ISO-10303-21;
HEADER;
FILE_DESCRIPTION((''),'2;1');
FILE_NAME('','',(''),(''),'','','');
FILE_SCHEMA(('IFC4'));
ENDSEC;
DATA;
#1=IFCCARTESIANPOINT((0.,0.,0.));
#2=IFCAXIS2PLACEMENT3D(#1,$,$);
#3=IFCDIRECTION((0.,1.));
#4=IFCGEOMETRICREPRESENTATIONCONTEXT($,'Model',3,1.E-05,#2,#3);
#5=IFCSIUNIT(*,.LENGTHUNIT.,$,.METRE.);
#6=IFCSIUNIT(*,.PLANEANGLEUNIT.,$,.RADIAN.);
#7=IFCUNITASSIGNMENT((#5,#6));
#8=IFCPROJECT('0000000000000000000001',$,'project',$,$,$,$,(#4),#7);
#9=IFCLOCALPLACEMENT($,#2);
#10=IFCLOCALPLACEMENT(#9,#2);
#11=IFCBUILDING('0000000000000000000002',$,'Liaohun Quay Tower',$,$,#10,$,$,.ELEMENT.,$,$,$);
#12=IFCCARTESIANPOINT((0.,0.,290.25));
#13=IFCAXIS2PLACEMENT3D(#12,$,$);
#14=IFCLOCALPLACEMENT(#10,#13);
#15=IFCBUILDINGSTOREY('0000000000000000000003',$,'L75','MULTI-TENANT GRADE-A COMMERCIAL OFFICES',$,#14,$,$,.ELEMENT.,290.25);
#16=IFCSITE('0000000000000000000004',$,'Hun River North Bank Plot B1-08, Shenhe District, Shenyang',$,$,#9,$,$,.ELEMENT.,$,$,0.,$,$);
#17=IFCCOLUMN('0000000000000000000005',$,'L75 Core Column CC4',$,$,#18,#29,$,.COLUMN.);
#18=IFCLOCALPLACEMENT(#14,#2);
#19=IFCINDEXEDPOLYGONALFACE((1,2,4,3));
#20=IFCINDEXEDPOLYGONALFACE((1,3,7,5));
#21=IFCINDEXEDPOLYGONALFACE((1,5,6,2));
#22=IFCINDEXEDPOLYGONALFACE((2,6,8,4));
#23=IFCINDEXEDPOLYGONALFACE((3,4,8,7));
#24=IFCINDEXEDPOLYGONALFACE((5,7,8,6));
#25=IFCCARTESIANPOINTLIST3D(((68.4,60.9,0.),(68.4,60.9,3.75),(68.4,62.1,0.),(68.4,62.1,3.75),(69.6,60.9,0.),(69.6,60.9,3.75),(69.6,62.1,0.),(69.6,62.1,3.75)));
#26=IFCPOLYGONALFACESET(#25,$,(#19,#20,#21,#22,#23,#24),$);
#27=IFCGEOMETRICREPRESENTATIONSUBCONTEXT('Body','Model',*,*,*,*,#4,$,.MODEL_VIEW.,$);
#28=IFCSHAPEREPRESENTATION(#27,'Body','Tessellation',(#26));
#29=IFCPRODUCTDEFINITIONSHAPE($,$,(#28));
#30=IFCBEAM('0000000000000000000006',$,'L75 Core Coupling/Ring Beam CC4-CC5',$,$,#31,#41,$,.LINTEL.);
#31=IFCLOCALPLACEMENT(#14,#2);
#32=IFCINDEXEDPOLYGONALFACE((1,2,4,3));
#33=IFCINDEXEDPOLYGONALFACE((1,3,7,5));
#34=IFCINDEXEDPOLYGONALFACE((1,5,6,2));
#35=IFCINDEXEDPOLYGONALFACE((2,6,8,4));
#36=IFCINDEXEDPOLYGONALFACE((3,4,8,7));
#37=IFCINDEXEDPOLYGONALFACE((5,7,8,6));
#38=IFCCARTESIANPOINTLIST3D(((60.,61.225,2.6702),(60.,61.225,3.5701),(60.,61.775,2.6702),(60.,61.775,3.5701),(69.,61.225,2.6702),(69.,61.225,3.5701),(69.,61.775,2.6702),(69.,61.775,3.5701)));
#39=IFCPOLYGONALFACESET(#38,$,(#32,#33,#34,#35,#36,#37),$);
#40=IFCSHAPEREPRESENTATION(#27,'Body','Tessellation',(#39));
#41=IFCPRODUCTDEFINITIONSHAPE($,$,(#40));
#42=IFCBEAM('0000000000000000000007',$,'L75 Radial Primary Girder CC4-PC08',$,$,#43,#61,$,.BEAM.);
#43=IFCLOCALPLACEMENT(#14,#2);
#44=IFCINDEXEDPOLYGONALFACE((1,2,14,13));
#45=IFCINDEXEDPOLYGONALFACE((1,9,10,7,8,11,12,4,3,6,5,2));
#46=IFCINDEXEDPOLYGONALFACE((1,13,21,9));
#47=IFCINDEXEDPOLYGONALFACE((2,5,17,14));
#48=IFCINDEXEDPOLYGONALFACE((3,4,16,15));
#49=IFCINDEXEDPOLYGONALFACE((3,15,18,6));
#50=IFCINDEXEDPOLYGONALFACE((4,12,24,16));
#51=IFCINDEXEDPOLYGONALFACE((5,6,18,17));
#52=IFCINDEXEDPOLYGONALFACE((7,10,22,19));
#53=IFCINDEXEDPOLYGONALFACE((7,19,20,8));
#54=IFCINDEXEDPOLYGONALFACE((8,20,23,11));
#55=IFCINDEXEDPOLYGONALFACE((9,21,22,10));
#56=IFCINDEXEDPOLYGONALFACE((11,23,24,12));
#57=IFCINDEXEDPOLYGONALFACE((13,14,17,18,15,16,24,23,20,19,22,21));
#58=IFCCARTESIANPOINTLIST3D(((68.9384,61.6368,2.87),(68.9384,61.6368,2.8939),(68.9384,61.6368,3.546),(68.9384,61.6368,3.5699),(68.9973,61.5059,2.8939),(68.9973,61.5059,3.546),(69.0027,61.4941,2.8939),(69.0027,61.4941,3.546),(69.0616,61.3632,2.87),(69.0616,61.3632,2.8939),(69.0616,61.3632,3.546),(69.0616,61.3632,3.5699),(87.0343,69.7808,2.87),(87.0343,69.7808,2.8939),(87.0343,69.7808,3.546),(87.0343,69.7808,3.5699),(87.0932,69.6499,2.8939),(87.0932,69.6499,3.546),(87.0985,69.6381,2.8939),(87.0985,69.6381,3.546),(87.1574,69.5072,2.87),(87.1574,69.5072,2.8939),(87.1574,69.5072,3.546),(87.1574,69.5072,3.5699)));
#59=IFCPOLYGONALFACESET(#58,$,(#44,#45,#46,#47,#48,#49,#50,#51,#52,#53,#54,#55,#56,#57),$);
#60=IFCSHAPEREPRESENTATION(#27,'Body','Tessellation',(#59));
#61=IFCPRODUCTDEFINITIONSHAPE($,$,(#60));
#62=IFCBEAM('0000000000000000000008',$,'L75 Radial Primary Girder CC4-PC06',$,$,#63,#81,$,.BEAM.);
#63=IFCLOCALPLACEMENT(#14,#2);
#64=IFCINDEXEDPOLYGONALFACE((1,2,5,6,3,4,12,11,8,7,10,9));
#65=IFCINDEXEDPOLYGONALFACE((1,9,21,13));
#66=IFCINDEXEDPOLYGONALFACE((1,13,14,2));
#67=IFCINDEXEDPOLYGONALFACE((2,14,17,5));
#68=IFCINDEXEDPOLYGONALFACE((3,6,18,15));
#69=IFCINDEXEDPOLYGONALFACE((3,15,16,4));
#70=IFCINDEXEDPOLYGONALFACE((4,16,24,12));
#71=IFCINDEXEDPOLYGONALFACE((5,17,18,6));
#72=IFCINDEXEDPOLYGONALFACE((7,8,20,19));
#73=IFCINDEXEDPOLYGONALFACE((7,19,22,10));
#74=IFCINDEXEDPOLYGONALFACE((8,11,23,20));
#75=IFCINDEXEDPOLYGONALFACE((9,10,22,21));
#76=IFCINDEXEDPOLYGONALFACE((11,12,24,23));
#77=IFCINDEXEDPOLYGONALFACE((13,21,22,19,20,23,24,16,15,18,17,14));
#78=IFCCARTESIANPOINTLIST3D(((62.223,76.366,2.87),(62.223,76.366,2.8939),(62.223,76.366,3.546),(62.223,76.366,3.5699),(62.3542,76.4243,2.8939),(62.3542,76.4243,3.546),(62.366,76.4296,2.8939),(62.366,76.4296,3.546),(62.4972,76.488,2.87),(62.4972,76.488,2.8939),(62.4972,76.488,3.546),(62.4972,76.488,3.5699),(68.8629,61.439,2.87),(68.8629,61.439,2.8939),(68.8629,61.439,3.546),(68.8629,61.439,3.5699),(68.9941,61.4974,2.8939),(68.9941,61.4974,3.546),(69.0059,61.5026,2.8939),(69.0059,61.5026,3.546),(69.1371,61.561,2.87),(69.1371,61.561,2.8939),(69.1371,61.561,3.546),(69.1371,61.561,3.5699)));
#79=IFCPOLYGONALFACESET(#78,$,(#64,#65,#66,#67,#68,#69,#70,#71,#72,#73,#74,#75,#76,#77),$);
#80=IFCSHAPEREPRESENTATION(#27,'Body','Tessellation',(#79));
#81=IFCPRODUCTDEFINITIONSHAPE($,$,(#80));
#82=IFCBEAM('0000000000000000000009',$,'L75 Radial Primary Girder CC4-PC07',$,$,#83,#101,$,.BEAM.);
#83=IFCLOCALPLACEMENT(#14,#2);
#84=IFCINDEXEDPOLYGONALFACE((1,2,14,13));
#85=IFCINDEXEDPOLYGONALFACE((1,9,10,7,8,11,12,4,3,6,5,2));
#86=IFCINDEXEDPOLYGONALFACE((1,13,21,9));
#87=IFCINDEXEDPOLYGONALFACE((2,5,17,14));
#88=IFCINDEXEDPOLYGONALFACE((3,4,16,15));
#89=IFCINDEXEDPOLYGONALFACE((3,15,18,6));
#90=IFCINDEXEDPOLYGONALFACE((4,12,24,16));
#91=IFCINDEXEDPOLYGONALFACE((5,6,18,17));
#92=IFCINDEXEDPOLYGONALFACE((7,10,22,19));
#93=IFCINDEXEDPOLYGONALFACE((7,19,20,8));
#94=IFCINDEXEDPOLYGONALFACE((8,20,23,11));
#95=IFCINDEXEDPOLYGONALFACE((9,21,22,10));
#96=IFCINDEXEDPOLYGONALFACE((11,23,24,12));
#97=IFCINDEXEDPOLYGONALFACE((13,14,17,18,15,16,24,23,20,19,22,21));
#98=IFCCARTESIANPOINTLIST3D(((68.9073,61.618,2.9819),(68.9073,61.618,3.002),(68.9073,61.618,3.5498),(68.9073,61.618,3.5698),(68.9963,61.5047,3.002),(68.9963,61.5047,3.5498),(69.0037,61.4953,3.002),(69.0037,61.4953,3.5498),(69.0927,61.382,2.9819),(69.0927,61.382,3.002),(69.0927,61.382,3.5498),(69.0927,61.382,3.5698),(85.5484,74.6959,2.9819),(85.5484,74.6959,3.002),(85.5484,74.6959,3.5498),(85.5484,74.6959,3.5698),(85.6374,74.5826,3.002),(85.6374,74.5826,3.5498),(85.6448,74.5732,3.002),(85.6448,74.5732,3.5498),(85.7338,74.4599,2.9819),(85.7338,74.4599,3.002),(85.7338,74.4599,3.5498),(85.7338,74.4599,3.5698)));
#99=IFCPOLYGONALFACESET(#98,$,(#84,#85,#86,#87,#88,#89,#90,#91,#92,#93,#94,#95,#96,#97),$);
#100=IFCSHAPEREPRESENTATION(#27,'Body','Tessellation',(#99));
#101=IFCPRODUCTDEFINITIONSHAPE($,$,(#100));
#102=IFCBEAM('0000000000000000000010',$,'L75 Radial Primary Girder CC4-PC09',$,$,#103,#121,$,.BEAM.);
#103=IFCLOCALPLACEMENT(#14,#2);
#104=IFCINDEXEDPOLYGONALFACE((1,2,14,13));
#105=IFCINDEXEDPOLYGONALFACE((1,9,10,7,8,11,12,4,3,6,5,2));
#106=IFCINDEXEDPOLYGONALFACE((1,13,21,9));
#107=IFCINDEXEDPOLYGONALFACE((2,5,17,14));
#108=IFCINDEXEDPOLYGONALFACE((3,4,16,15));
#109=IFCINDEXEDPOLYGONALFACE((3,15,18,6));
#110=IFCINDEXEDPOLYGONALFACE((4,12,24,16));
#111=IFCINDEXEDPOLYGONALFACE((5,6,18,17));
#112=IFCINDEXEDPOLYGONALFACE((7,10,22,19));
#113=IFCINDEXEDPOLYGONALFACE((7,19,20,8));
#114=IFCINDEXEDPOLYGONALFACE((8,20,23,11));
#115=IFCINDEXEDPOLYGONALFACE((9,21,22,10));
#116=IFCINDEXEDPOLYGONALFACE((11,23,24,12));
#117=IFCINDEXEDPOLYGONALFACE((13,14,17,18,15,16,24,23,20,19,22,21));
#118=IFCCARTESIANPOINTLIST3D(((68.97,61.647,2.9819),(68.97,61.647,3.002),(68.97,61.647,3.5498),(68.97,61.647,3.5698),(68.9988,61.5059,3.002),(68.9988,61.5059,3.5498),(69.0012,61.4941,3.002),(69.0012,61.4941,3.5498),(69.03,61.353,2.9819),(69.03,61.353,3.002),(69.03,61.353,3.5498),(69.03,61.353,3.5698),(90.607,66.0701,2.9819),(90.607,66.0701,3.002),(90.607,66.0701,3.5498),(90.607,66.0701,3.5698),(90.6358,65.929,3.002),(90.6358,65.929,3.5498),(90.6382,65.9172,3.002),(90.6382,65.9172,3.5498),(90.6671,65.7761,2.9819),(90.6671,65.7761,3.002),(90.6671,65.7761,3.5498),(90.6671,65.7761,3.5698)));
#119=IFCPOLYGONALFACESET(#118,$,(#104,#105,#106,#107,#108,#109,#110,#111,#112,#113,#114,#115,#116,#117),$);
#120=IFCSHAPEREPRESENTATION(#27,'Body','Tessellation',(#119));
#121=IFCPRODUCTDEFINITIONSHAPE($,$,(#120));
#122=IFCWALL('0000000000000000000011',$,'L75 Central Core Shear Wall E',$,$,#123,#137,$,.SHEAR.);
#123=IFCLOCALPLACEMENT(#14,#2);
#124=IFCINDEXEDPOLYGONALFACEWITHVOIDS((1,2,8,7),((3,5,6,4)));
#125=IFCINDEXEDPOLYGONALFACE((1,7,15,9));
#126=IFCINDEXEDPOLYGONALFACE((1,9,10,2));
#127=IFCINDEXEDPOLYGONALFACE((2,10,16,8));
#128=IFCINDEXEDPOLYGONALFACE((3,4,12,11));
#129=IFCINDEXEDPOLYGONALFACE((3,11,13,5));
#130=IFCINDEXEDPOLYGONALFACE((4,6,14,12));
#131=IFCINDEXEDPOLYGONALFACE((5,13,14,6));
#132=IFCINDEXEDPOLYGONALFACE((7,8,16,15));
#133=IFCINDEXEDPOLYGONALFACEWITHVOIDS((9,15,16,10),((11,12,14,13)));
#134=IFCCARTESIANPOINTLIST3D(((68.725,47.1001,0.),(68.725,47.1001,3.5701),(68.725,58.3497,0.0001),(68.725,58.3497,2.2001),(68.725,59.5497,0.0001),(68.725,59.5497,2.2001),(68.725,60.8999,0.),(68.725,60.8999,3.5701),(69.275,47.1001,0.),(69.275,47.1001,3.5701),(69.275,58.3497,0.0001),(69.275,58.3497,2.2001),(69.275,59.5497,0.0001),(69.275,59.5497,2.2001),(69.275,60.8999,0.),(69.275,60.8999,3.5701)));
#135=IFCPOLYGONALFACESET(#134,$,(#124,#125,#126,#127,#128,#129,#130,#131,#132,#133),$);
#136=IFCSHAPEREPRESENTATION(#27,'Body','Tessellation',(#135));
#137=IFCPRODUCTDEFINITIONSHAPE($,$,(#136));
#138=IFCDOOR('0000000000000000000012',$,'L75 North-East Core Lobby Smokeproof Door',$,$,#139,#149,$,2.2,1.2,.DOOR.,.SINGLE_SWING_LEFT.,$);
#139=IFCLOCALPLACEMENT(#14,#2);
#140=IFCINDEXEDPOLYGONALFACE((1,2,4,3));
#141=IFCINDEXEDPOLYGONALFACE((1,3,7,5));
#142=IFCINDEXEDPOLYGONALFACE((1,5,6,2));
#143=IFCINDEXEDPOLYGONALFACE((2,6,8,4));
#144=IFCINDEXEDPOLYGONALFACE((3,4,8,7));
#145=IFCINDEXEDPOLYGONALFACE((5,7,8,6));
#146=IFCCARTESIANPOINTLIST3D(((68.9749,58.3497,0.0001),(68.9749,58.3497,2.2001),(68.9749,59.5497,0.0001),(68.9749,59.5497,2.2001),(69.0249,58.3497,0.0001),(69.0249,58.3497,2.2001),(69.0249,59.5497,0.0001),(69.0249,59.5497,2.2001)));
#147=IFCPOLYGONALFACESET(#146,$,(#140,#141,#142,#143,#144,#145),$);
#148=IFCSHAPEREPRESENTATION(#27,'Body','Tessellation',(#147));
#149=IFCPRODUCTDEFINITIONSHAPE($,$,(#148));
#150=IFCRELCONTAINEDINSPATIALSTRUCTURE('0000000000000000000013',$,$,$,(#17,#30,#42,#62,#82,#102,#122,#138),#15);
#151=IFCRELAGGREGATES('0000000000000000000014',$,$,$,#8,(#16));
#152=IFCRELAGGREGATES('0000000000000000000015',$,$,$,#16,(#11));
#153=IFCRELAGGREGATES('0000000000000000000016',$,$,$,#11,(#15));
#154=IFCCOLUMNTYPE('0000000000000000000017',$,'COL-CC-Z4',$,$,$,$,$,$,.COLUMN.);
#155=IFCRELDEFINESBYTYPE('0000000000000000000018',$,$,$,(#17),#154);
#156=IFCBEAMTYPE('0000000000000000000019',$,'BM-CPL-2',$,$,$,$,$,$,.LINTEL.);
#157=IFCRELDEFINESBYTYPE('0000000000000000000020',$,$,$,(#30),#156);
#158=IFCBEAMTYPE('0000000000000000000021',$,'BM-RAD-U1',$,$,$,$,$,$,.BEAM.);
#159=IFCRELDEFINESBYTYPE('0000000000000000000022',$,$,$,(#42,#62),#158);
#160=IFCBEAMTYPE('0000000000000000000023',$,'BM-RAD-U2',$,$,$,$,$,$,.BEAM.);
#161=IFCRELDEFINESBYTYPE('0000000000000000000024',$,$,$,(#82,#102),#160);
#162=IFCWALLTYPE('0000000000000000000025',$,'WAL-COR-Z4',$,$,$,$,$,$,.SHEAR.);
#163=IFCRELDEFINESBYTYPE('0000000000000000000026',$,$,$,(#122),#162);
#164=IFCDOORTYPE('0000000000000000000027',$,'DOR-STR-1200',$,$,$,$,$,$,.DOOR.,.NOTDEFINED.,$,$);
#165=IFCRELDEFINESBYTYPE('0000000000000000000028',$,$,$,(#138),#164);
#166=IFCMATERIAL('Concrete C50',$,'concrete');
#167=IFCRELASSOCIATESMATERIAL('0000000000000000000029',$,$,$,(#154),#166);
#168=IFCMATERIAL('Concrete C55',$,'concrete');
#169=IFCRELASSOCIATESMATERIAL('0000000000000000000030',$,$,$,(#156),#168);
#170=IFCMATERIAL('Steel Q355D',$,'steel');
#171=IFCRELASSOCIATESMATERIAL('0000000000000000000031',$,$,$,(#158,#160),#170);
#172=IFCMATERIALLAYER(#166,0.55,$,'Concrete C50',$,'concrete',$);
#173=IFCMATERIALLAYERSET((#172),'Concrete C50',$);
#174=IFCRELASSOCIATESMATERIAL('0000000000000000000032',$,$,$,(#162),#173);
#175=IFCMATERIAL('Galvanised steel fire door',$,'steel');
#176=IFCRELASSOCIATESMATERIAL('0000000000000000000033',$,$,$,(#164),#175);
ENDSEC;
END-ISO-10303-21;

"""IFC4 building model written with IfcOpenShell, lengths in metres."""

from ifc_helpers import new_model, si_unit, direction, frame, frame_2d, origin, origin_2d, place, context, subcontext, project, spatial, rectangle, i_section, extrude, source, transform, mapped, material, layer, layer_set, material_profile, profile_set, type_object, element, fill, save


model = new_model("IFC4")

# Units and contexts
model_context = context("Model", 3, precision=1e-05, world=origin(), true_north=direction((0.0, 1.0)))
body_context = subcontext(model_context, "Body", "Model", "MODEL_VIEW")
ifc_project = project(units=[si_unit("LENGTHUNIT", "METRE"), si_unit("PLANEANGLEUNIT", "RADIAN")], contexts=[model_context])

# Site, building, storey
site_placement = place(None, origin())
site = spatial("IfcSite", under=ifc_project, at=site_placement, Name="Hun River North Bank Plot B1-08, Shenhe District, Shenyang", CompositionType="ELEMENT", RefElevation=0.0)
building_placement = place(site_placement, origin())
building = spatial("IfcBuilding", under=site, at=building_placement, Name="Liaohun Quay Tower", CompositionType="ELEMENT")
storey_placement = place(building_placement, frame((0.0, 0.0, 290.25)))
storey = spatial("IfcBuildingStorey", under=building, at=storey_placement, Name="L75", Description="MULTI-TENANT GRADE-A COMMERCIAL OFFICES", CompositionType="ELEMENT", Elevation=290.25)

# Column
ifc_material_1 = material(Name="Concrete C50", Category="concrete")
ifc_material_profile_1 = material_profile(ifc_material_1, rectangle(XDim=1.2, YDim=1.2, at=origin_2d()), Name="RC1200x1200")
ifc_profile_set_1 = profile_set([ifc_material_profile_1], Name="Concrete C50")
column_type = type_object("IfcColumnType", Name="COL-CC-Z4", PredefinedType="COLUMN", material=ifc_profile_set_1)
shared_shape_1 = source(origin(), body_context, "Body", "SweptSolid", [
    extrude(rectangle(XDim=1.2, YDim=1.2, at=origin_2d()), origin(), (0.0, 0.0, 1.0), 3.75),
])
column_placement = place(storey_placement, frame((69.0, 61.5, 0.0), z_axis=(0.0, 0.0, 1.0), x_axis=(1.0, 0.0, 0.0)))
element("IfcColumn", 1, at=column_placement, inside=storey, type_object=column_type, Name="L75 Core Column CC4", PredefinedType="COLUMN", context=body_context, shape_type="MappedRepresentation", body=[
    mapped(shared_shape_1, transform((0.0, 0.0, 0.0), x_axis=(1.0, 0.0, 0.0), y_axis=(0.0, 1.0, 0.0), z_axis=(0.0, 0.0, 1.0), scale=1.0)),
])

# Beams
ifc_material_2 = material(Name="Concrete C55", Category="concrete")
ifc_material_profile_2 = material_profile(ifc_material_2, rectangle(XDim=0.55, YDim=0.8999, at=origin_2d()), Name="RC550x900")
ifc_profile_set_2 = profile_set([ifc_material_profile_2], Name="Concrete C55")
beam_type_1 = type_object("IfcBeamType", Name="BM-CPL-2", PredefinedType="LINTEL", material=ifc_profile_set_2)
shared_shape_2 = source(origin(), body_context, "Body", "SweptSolid", [
    extrude(rectangle(XDim=0.55, YDim=0.8999, at=origin_2d()), origin(), (0.0, 0.0, 1.0), 9.0),
])
beam_1_placement = place(storey_placement, frame((69.0, 61.5, 3.1201), z_axis=(-1.0, 0.0, 0.0), x_axis=(0.0, -1.0, 0.0)))
element("IfcBeam", 2, at=beam_1_placement, inside=storey, type_object=beam_type_1, Name="L75 Core Coupling/Ring Beam CC4-CC5", PredefinedType="LINTEL", context=body_context, shape_type="MappedRepresentation", body=[
    mapped(shared_shape_2, transform((0.0, 0.0, 0.0), x_axis=(1.0, 0.0, 0.0), y_axis=(0.0, 1.0, 0.0), z_axis=(0.0, 0.0, 1.0), scale=1.0)),
])
ifc_material_3 = material(Name="Steel Q355D", Category="steel")
ifc_material_profile_3 = material_profile(ifc_material_3, i_section(OverallWidth=0.3, OverallDepth=0.7, WebThickness=0.0129, FlangeThickness=0.0239, at=origin_2d()), Name="HN700x300x13x24")
ifc_profile_set_3 = profile_set([ifc_material_profile_3], Name="Steel Q355D")
beam_type_2 = type_object("IfcBeamType", Name="BM-RAD-U1", PredefinedType="BEAM", material=ifc_profile_set_3)
shared_shape_3 = source(origin(), body_context, "Body", "SweptSolid", [
    extrude(i_section(OverallWidth=0.3, OverallDepth=0.7, WebThickness=0.0129, FlangeThickness=0.0239, at=origin_2d()), origin(), (0.0, 0.0, 1.0), 19.844),
])
beam_2_placement = place(storey_placement, frame((69.0, 61.5, 3.22), z_axis=(0.911905, 0.410401, 0.0), x_axis=(-0.410401, 0.911905, 0.0)))
element("IfcBeam", 3, at=beam_2_placement, inside=storey, type_object=beam_type_2, Name="L75 Radial Primary Girder CC4-PC08", PredefinedType="BEAM", context=body_context, shape_type="MappedRepresentation", body=[
    mapped(shared_shape_3, transform((0.0, 0.0, 0.0), x_axis=(1.0, 0.0, 0.0), y_axis=(0.0, 1.0, 0.0), z_axis=(0.0, 0.0, 1.0), scale=1.0)),
])
shared_shape_4 = source(origin(), body_context, "Body", "SweptSolid", [
    extrude(i_section(OverallWidth=0.3, OverallDepth=0.7, WebThickness=0.0129, FlangeThickness=0.0239, at=origin_2d()), origin(), (0.0, 0.0, 1.0), 16.3372),
])
beam_3_placement = place(storey_placement, frame((69.0, 61.5, 3.22), z_axis=(-0.406428, 0.913683, 0.0), x_axis=(-0.913683, -0.406428, 0.0)))
element("IfcBeam", 4, at=beam_3_placement, inside=storey, type_object=beam_type_2, Name="L75 Radial Primary Girder CC4-PC06", PredefinedType="BEAM", context=body_context, shape_type="MappedRepresentation", body=[
    mapped(shared_shape_4, transform((0.0, 0.0, 0.0), x_axis=(1.0, 0.0, 0.0), y_axis=(0.0, 1.0, 0.0), z_axis=(0.0, 0.0, 1.0), scale=1.0)),
])
ifc_material_profile_4 = material_profile(ifc_material_3, i_section(OverallWidth=0.3, OverallDepth=0.5879, WebThickness=0.012, FlangeThickness=0.02, at=origin_2d()), Name="HM588x300x12x20")
ifc_profile_set_4 = profile_set([ifc_material_profile_4], Name="Steel Q355D")
beam_type_3 = type_object("IfcBeamType", Name="BM-RAD-U2", PredefinedType="BEAM", material=ifc_profile_set_4)
shared_shape_5 = source(origin(), body_context, "Body", "SweptSolid", [
    extrude(i_section(OverallWidth=0.3, OverallDepth=0.5879, WebThickness=0.012, FlangeThickness=0.02, at=origin_2d()), origin(), (0.0, 0.0, 1.0), 21.165),
])
beam_4_placement = place(storey_placement, frame((69.0, 61.5, 3.2759), z_axis=(0.786256, 0.617901, 0.0), x_axis=(-0.617901, 0.786256, 0.0)))
element("IfcBeam", 5, at=beam_4_placement, inside=storey, type_object=beam_type_3, Name="L75 Radial Primary Girder CC4-PC07", PredefinedType="BEAM", context=body_context, shape_type="MappedRepresentation", body=[
    mapped(shared_shape_5, transform((0.0, 0.0, 0.0), x_axis=(1.0, 0.0, 0.0), y_axis=(0.0, 1.0, 0.0), z_axis=(0.0, 0.0, 1.0), scale=1.0)),
])
shared_shape_6 = source(origin(), body_context, "Body", "SweptSolid", [
    extrude(i_section(OverallWidth=0.3, OverallDepth=0.5879, WebThickness=0.012, FlangeThickness=0.02, at=origin_2d()), origin(), (0.0, 0.0, 1.0), 22.0845),
])
beam_5_placement = place(storey_placement, frame((69.0, 61.5, 3.2759), z_axis=(0.979738, 0.200281, 0.0), x_axis=(-0.200281, 0.979738, 0.0)))
element("IfcBeam", 6, at=beam_5_placement, inside=storey, type_object=beam_type_3, Name="L75 Radial Primary Girder CC4-PC09", PredefinedType="BEAM", context=body_context, shape_type="MappedRepresentation", body=[
    mapped(shared_shape_6, transform((0.0, 0.0, 0.0), x_axis=(1.0, 0.0, 0.0), y_axis=(0.0, 1.0, 0.0), z_axis=(0.0, 0.0, 1.0), scale=1.0)),
])

# Wall, opening, door
ifc_layer_1 = layer(ifc_material_1, 0.55, Name="Concrete C50", Category="concrete")
ifc_layer_set_1 = layer_set([ifc_layer_1], Name="Concrete C50")
wall_type_1 = type_object("IfcWallType", Name="WAL-COR-Z4", PredefinedType="SHEAR", material=ifc_layer_set_1)
wall_1_placement = place(storey_placement, frame((69.0, 60.8999, 0.0), z_axis=(0.0, 0.0, 1.0), x_axis=(0.0, -1.0, 0.0)))
wall_1 = element("IfcWall", 7, at=wall_1_placement, inside=storey, type_object=wall_type_1, Name="L75 Central Core Shear Wall E", PredefinedType="SHEAR", context=body_context, shape_type="SweptSolid", body=[
    extrude(rectangle(XDim=13.7998, YDim=0.55, at=frame_2d((6.8999, 0.0))), origin(), (0.0, 0.0, 1.0), 3.5701),
])
shared_shape_7 = source(origin(), body_context, "Body", "SweptSolid", [
    extrude(rectangle(XDim=1.2, YDim=2.2, at=frame_2d((0.6001, 1.1001))), frame((0.0, 0.2849, 0.0), z_axis=(0.0, -1.0, 0.0), x_axis=(1.0, 0.0, 0.0)), (0.0, 0.0, 1.0), 0.5701),
])
opening_1_placement = place(wall_1_placement, frame((1.3501, 0.0, 0.0)))
opening_1 = element("IfcOpeningElement", 8, at=opening_1_placement, cuts=wall_1, PredefinedType="OPENING", context=body_context, shape_type="MappedRepresentation", body=[
    mapped(shared_shape_7, transform((0.0, 0.0, 0.0), x_axis=(1.0, 0.0, 0.0), y_axis=(0.0, 1.0, 0.0), z_axis=(0.0, 0.0, 1.0), scale=1.0)),
])
ifc_material_4 = material(Name="Galvanised steel fire door", Category="steel")
door_type_1 = type_object("IfcDoorType", Name="DOR-STR-1200", OperationType="NOTDEFINED", PredefinedType="DOOR", material=ifc_material_4)
shared_shape_8 = source(origin(), body_context, "Body", "SweptSolid", [
    extrude(rectangle(XDim=1.2, YDim=2.2, at=frame_2d((0.6001, 1.1001))), frame((0.0, 0.0249, 0.0), z_axis=(0.0, -1.0, 0.0), x_axis=(1.0, 0.0, 0.0)), (0.0, 0.0, 1.0), 0.05),
])
door_1_placement = place(opening_1_placement, origin())
door_1 = element("IfcDoor", 9, at=door_1_placement, inside=storey, type_object=door_type_1, Name="L75 North-East Core Lobby Smokeproof Door", OperationType="SINGLE_SWING_LEFT", OverallHeight=2.2, OverallWidth=1.2, PredefinedType="DOOR", context=body_context, shape_type="MappedRepresentation", body=[
    mapped(shared_shape_8, transform((0.0, 0.0, 0.0), x_axis=(1.0, 0.0, 0.0), y_axis=(0.0, 1.0, 0.0), z_axis=(0.0, 0.0, 1.0), scale=1.0)),
])
fill(opening_1, door_1)

save(model, "model.ifc")
